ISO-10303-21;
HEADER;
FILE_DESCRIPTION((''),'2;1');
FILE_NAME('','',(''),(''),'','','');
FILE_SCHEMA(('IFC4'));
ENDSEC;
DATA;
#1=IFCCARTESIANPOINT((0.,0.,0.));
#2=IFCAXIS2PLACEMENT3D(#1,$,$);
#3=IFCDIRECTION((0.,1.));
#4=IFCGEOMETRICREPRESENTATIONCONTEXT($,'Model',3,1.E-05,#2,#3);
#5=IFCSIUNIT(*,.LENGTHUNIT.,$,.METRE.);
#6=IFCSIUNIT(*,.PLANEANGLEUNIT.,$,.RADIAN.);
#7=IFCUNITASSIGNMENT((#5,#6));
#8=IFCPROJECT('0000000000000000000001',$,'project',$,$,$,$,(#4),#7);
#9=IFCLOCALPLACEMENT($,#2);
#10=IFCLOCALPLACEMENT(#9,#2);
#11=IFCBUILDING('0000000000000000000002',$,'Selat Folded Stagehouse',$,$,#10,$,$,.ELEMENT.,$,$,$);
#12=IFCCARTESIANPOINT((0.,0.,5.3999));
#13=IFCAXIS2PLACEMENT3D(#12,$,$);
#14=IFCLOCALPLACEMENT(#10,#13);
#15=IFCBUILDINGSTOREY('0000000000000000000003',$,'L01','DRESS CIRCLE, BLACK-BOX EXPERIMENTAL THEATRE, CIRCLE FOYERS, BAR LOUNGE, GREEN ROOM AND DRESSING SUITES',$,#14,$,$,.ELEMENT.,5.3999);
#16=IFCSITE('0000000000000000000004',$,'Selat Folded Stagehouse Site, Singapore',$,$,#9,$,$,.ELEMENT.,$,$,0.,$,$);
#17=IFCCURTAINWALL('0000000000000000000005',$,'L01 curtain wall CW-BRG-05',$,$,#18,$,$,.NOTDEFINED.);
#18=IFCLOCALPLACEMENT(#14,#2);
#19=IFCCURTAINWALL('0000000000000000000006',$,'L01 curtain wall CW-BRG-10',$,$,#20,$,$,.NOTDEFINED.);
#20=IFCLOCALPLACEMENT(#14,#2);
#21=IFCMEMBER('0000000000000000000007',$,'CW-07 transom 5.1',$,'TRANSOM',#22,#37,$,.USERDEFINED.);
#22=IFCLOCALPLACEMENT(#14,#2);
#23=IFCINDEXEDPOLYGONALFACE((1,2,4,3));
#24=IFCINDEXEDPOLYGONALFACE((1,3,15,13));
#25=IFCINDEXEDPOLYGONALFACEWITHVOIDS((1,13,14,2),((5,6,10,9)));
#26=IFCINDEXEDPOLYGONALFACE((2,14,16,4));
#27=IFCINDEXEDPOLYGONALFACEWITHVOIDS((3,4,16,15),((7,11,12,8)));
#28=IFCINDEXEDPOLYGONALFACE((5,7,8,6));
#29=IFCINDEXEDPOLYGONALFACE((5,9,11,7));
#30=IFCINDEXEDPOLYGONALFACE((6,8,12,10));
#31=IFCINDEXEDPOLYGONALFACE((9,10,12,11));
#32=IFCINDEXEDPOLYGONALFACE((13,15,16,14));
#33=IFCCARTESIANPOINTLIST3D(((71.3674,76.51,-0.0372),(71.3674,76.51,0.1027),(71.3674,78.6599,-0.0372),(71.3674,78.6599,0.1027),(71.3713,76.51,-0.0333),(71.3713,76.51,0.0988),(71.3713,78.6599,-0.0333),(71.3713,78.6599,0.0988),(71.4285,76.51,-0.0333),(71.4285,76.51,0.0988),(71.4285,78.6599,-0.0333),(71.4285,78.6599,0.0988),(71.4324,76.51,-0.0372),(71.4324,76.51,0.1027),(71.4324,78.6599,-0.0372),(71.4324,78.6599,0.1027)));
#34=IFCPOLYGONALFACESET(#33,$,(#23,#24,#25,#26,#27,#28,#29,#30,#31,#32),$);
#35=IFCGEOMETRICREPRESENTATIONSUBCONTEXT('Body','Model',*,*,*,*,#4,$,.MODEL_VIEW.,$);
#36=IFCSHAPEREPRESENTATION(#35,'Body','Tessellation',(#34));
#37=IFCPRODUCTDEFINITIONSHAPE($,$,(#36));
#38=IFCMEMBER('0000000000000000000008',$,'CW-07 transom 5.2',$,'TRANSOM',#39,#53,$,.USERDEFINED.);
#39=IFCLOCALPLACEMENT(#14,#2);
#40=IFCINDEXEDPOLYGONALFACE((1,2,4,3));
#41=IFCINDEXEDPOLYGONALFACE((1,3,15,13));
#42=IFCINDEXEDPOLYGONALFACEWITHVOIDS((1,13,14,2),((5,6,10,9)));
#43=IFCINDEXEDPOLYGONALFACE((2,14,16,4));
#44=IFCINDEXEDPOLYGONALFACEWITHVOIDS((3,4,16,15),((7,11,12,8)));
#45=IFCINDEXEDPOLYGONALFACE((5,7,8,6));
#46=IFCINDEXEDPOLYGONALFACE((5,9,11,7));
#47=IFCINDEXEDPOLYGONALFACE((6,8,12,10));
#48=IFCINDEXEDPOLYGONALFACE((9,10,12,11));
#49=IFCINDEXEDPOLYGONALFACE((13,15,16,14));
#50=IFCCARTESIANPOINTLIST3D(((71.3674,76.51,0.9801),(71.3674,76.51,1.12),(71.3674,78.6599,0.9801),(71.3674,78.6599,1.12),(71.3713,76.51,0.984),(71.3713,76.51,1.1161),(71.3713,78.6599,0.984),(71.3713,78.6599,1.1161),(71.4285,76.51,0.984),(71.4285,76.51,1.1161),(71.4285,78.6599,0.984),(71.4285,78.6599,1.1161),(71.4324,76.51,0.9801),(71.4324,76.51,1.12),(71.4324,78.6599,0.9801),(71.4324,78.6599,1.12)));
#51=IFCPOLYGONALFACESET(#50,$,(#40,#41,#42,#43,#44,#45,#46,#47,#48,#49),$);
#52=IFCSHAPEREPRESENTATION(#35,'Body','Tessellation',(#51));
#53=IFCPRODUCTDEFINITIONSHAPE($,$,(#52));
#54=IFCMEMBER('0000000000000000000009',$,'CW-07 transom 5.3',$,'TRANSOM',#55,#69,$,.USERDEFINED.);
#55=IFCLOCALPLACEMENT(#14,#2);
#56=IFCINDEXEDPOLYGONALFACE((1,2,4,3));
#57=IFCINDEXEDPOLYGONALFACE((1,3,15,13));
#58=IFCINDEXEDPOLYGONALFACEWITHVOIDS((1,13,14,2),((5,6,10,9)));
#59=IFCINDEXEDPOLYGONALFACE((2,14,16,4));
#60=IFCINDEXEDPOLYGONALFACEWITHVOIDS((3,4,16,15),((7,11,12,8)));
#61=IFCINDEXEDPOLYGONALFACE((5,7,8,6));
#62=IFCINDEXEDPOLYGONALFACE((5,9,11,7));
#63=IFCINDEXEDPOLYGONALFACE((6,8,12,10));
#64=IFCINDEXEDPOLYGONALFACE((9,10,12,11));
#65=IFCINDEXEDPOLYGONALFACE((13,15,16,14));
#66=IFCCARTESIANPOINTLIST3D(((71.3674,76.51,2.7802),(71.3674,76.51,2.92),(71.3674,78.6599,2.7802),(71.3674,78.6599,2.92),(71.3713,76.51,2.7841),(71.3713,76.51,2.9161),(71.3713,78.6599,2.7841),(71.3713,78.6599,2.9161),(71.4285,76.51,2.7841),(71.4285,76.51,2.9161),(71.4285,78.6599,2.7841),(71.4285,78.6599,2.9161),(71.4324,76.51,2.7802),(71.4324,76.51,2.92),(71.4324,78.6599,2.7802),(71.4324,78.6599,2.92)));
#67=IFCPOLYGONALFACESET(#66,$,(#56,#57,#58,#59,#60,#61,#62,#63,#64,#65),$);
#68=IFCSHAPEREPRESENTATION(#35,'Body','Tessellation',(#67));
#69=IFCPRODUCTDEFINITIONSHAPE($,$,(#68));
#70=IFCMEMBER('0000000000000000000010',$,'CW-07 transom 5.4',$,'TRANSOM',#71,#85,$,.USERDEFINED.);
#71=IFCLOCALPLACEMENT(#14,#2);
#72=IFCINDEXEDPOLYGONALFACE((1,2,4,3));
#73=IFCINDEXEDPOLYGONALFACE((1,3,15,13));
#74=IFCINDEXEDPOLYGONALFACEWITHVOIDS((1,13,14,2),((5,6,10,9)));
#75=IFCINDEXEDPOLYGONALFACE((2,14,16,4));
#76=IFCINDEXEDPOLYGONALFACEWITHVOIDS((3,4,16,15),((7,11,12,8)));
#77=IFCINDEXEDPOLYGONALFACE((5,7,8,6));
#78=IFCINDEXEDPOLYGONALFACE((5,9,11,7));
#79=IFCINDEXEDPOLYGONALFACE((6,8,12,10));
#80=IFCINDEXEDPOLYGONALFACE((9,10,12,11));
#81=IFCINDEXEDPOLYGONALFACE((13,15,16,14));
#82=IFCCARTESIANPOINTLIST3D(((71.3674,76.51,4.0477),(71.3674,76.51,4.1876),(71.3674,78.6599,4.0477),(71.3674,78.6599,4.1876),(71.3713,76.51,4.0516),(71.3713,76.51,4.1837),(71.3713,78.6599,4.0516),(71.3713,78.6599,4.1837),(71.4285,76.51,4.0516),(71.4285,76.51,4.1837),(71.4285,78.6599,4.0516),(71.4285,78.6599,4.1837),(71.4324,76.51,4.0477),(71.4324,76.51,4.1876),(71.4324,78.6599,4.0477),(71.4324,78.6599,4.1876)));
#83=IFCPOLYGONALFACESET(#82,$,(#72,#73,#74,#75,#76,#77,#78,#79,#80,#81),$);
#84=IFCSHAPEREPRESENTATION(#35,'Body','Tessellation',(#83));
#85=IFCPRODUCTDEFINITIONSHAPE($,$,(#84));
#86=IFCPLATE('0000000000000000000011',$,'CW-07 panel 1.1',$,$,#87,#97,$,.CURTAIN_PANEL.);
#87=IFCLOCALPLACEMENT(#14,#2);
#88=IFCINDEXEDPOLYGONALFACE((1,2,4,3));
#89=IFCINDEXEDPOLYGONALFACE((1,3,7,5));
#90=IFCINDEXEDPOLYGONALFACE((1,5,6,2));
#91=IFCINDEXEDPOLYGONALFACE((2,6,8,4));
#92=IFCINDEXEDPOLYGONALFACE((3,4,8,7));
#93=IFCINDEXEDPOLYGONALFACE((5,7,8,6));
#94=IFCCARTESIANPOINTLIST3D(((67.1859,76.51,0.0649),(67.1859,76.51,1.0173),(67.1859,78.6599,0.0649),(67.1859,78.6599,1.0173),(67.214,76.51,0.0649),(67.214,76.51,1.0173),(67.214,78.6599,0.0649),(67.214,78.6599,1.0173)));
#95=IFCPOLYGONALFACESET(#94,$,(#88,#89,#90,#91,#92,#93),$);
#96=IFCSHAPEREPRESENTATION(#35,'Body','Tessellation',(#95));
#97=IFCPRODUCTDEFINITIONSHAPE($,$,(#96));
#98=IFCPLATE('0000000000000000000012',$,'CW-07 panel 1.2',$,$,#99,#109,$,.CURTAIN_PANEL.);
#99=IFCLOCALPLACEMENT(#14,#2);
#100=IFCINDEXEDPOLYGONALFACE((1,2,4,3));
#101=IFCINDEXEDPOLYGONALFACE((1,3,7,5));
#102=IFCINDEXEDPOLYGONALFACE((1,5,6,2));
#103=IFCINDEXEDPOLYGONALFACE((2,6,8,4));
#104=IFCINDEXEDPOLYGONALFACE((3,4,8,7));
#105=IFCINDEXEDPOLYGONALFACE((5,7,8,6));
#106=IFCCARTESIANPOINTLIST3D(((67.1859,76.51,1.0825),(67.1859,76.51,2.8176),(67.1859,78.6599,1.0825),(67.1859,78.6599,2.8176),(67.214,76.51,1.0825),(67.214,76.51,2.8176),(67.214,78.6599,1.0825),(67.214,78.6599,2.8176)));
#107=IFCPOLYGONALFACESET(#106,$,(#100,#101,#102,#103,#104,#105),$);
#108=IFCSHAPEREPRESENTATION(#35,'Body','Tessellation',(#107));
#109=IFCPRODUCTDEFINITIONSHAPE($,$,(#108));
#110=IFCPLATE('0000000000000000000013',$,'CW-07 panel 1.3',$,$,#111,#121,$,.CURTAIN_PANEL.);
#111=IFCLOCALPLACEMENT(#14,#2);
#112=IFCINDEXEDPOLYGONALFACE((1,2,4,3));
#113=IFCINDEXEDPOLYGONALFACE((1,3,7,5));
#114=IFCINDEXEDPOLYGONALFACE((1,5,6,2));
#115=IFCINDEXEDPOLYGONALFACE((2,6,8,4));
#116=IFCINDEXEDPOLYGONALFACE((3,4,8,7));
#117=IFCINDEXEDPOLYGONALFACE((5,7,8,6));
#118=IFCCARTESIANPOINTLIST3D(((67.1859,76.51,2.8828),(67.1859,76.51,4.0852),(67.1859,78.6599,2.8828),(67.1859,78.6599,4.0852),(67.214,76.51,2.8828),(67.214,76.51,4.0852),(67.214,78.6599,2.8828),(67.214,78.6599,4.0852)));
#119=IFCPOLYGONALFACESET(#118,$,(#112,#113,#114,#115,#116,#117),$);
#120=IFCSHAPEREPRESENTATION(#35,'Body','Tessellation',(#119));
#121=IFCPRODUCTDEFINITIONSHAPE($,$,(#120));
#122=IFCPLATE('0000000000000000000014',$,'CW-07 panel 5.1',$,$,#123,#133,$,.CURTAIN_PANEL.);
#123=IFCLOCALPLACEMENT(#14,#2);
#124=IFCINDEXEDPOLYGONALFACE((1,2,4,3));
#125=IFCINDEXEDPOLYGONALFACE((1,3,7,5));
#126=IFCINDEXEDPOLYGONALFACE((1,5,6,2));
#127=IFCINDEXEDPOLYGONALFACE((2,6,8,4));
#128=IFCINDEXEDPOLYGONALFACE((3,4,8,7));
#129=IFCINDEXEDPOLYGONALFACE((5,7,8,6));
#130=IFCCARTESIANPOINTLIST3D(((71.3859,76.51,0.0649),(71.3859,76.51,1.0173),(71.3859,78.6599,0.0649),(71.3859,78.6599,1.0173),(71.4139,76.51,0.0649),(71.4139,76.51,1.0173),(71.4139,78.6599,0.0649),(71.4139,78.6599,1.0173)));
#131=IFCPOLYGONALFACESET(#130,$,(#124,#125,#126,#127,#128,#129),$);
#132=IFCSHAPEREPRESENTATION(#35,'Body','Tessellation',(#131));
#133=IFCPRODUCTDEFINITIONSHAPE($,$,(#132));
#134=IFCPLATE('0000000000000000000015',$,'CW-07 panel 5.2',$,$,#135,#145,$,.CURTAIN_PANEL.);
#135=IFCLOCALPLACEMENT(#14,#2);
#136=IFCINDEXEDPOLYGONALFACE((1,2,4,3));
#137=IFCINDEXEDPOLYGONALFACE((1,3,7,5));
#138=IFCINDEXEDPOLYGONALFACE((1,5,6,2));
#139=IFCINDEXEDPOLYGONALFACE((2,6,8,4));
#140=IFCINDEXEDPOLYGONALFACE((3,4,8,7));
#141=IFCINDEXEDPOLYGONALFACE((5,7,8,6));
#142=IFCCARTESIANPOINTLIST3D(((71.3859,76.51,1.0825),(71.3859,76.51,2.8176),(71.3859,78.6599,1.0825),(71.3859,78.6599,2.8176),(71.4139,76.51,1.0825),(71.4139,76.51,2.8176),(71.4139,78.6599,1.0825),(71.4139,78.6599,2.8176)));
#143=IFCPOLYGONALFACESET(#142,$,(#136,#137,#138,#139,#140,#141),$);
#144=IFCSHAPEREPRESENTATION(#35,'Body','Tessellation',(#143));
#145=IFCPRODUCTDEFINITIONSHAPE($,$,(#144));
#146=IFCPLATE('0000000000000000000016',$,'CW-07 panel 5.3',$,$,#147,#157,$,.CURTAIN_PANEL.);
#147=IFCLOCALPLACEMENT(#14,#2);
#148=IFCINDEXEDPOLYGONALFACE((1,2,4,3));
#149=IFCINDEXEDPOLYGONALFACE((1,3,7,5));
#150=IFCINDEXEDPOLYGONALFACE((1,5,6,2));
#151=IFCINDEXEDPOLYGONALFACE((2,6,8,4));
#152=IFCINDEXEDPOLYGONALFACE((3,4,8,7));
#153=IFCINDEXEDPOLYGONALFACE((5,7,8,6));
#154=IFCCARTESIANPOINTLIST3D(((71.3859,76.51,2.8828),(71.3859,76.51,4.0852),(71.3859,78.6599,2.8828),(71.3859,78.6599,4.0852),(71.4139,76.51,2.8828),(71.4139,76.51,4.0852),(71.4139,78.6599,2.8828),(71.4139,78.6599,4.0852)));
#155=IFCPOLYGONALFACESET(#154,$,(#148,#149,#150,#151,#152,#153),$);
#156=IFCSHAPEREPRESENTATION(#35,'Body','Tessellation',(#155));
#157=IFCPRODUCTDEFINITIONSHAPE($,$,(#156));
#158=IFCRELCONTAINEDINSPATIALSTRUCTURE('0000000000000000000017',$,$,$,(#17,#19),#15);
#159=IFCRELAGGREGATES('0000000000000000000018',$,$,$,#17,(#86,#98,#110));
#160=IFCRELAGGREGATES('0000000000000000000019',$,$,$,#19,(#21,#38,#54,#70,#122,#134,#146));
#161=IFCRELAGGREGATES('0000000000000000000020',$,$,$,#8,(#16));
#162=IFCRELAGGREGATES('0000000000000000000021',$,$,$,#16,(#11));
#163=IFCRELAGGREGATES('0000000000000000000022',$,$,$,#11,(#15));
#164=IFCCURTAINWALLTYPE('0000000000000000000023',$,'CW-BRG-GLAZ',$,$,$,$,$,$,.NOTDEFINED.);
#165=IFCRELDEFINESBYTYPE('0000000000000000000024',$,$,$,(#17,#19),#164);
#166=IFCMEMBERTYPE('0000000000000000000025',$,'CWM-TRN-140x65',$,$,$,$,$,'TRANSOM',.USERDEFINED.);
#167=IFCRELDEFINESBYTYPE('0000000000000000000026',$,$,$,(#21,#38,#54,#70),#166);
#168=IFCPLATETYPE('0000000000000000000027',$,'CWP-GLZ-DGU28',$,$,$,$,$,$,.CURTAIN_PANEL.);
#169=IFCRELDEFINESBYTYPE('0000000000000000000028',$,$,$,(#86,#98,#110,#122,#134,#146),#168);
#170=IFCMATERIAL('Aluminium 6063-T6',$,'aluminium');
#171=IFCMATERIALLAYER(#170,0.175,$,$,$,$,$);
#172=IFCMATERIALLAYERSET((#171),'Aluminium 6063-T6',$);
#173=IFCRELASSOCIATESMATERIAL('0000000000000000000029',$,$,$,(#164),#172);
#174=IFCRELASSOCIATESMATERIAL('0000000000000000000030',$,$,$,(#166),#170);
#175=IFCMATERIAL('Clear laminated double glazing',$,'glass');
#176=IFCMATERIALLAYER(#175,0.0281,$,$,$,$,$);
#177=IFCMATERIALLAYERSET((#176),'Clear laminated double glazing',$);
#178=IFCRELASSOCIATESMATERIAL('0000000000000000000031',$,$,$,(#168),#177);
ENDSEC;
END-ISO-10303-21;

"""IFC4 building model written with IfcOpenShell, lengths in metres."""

from ifc_helpers import new_model, si_unit, direction, frame, origin, origin_2d, place, context, subcontext, project, spatial, rectangle, hollow_rectangle, extrude, material, layer, layer_set, material_profile, profile_set, type_object, element, aggregate, save


model = new_model("IFC4")

# Units and contexts
model_context = context("Model", 3, precision=1e-05, world=origin(), true_north=direction((0.0, 1.0)))
body_context = subcontext(model_context, "Body", "Model", "MODEL_VIEW")
ifc_project = project(units=[si_unit("LENGTHUNIT", "METRE"), si_unit("PLANEANGLEUNIT", "RADIAN")], contexts=[model_context])

# Site, building, storey
site_placement = place(None, origin())
site = spatial("IfcSite", under=ifc_project, at=site_placement, Name="Selat Folded Stagehouse Site, Singapore", CompositionType="ELEMENT", RefElevation=0.0)
building_placement = place(site_placement, origin())
building = spatial("IfcBuilding", under=site, at=building_placement, Name="Selat Folded Stagehouse", CompositionType="ELEMENT")
storey_placement = place(building_placement, frame((0.0, 0.0, 5.3999)))
storey = spatial("IfcBuildingStorey", under=building, at=storey_placement, Name="L01", Description="DRESS CIRCLE, BLACK-BOX EXPERIMENTAL THEATRE, CIRCLE FOYERS, BAR LOUNGE, GREEN ROOM AND DRESSING SUITES", CompositionType="ELEMENT", Elevation=5.3999)

# Shared definitions
ifc_material_1 = material(Name="Aluminium 6063-T6", Category="aluminium")
ifc_layer_1 = layer(ifc_material_1, 0.175)
ifc_layer_set_1 = layer_set([ifc_layer_1], Name="Aluminium 6063-T6")
curtain_wall_type = type_object("IfcCurtainWallType", Name="CW-BRG-GLAZ", PredefinedType="NOTDEFINED", material=ifc_layer_set_1)

# Curtain wall
curtain_wall_1_placement = place(storey_placement, origin())
curtain_wall_1 = element("IfcCurtainWall", 1, at=curtain_wall_1_placement, inside=storey, type_object=curtain_wall_type, Name="L01 curtain wall CW-BRG-05", PredefinedType="NOTDEFINED")

# Curtain wall
curtain_wall_2_placement = place(storey_placement, origin())
curtain_wall_2 = element("IfcCurtainWall", 2, at=curtain_wall_2_placement, inside=storey, type_object=curtain_wall_type, Name="L01 curtain wall CW-BRG-10", PredefinedType="NOTDEFINED")

# Members
ifc_material_profile_1 = material_profile(ifc_material_1, hollow_rectangle(XDim=0.0649, YDim=0.1399, WallThickness=0.0039, at=origin_2d()), Name="ALU 140x65x4.0")
ifc_profile_set_1 = profile_set([ifc_material_profile_1], Name="Aluminium 6063-T6")
member_type_1 = type_object("IfcMemberType", Name="CWM-TRN-140x65", ElementType="TRANSOM", PredefinedType="USERDEFINED", material=ifc_profile_set_1)
member_1_placement = place(storey_placement, frame((71.3999, 78.6599, 0.0327), z_axis=(0.0, -1.0, 0.0), x_axis=(1.0, 0.0, 0.0)))
member_1 = element("IfcMember", 3, at=member_1_placement, type_object=member_type_1, Name="CW-07 transom 5.1", ObjectType="TRANSOM", PredefinedType="USERDEFINED", context=body_context, shape_type="SweptSolid", body=[
    extrude(hollow_rectangle(XDim=0.0649, YDim=0.1399, WallThickness=0.0039, at=origin_2d()), origin(), (0.0, 0.0, 1.0), 2.1499),
])
member_2_placement = place(storey_placement, frame((71.3999, 78.6599, 1.05), z_axis=(0.0, -1.0, 0.0), x_axis=(1.0, 0.0, 0.0)))
member_2 = element("IfcMember", 4, at=member_2_placement, type_object=member_type_1, Name="CW-07 transom 5.2", ObjectType="TRANSOM", PredefinedType="USERDEFINED", context=body_context, shape_type="SweptSolid", body=[
    extrude(hollow_rectangle(XDim=0.0649, YDim=0.1399, WallThickness=0.0039, at=origin_2d()), origin(), (0.0, 0.0, 1.0), 2.1499),
])
member_3_placement = place(storey_placement, frame((71.3999, 78.6599, 2.8501), z_axis=(0.0, -1.0, 0.0), x_axis=(1.0, 0.0, 0.0)))
member_3 = element("IfcMember", 5, at=member_3_placement, type_object=member_type_1, Name="CW-07 transom 5.3", ObjectType="TRANSOM", PredefinedType="USERDEFINED", context=body_context, shape_type="SweptSolid", body=[
    extrude(hollow_rectangle(XDim=0.0649, YDim=0.1399, WallThickness=0.0039, at=origin_2d()), origin(), (0.0, 0.0, 1.0), 2.1499),
])
member_4_placement = place(storey_placement, frame((71.3999, 78.6599, 4.1177), z_axis=(0.0, -1.0, 0.0), x_axis=(1.0, 0.0, 0.0)))
member_4 = element("IfcMember", 6, at=member_4_placement, type_object=member_type_1, Name="CW-07 transom 5.4", ObjectType="TRANSOM", PredefinedType="USERDEFINED", context=body_context, shape_type="SweptSolid", body=[
    extrude(hollow_rectangle(XDim=0.0649, YDim=0.1399, WallThickness=0.0039, at=origin_2d()), origin(), (0.0, 0.0, 1.0), 2.1499),
])

# Plates
ifc_material_2 = material(Name="Clear laminated double glazing", Category="glass")
ifc_layer_2 = layer(ifc_material_2, 0.0281)
ifc_layer_set_2 = layer_set([ifc_layer_2], Name="Clear laminated double glazing")
plate_type = type_object("IfcPlateType", Name="CWP-GLZ-DGU28", PredefinedType="CURTAIN_PANEL", material=ifc_layer_set_2)
plate_1_placement = place(storey_placement, frame((67.2, 77.585, 0.0649), z_axis=(0.0, 0.0, 1.0), x_axis=(0.0, 1.0, 0.0)))
plate_1 = element("IfcPlate", 7, at=plate_1_placement, type_object=plate_type, Name="CW-07 panel 1.1", PredefinedType="CURTAIN_PANEL", context=body_context, shape_type="SweptSolid", body=[
    extrude(rectangle(XDim=2.1499, YDim=0.0281, at=origin_2d()), origin(), (0.0, 0.0, 1.0), 0.9524),
])
plate_2_placement = place(storey_placement, frame((67.2, 77.585, 1.0825), z_axis=(0.0, 0.0, 1.0), x_axis=(0.0, 1.0, 0.0)))
plate_2 = element("IfcPlate", 8, at=plate_2_placement, type_object=plate_type, Name="CW-07 panel 1.2", PredefinedType="CURTAIN_PANEL", context=body_context, shape_type="SweptSolid", body=[
    extrude(rectangle(XDim=2.1499, YDim=0.0281, at=origin_2d()), origin(), (0.0, 0.0, 1.0), 1.7351),
])
plate_3_placement = place(storey_placement, frame((67.2, 77.585, 2.8828), z_axis=(0.0, 0.0, 1.0), x_axis=(0.0, 1.0, 0.0)))
plate_3 = element("IfcPlate", 9, at=plate_3_placement, type_object=plate_type, Name="CW-07 panel 1.3", PredefinedType="CURTAIN_PANEL", context=body_context, shape_type="SweptSolid", body=[
    extrude(rectangle(XDim=2.1499, YDim=0.0281, at=origin_2d()), origin(), (0.0, 0.0, 1.0), 1.2024),
])
aggregate(curtain_wall_1, [plate_1, plate_2, plate_3])
plate_4_placement = place(storey_placement, frame((71.3999, 77.585, 0.0649), z_axis=(0.0, 0.0, 1.0), x_axis=(0.0, -1.0, 0.0)))
plate_4 = element("IfcPlate", 10, at=plate_4_placement, type_object=plate_type, Name="CW-07 panel 5.1", PredefinedType="CURTAIN_PANEL", context=body_context, shape_type="SweptSolid", body=[
    extrude(rectangle(XDim=2.1499, YDim=0.0281, at=origin_2d()), origin(), (0.0, 0.0, 1.0), 0.9524),
])
plate_5_placement = place(storey_placement, frame((71.3999, 77.585, 1.0825), z_axis=(0.0, 0.0, 1.0), x_axis=(0.0, -1.0, 0.0)))
plate_5 = element("IfcPlate", 11, at=plate_5_placement, type_object=plate_type, Name="CW-07 panel 5.2", PredefinedType="CURTAIN_PANEL", context=body_context, shape_type="SweptSolid", body=[
    extrude(rectangle(XDim=2.1499, YDim=0.0281, at=origin_2d()), origin(), (0.0, 0.0, 1.0), 1.7351),
])
plate_6_placement = place(storey_placement, frame((71.3999, 77.585, 2.8828), z_axis=(0.0, 0.0, 1.0), x_axis=(0.0, -1.0, 0.0)))
plate_6 = element("IfcPlate", 12, at=plate_6_placement, type_object=plate_type, Name="CW-07 panel 5.3", PredefinedType="CURTAIN_PANEL", context=body_context, shape_type="SweptSolid", body=[
    extrude(rectangle(XDim=2.1499, YDim=0.0281, at=origin_2d()), origin(), (0.0, 0.0, 1.0), 1.2024),
])
aggregate(curtain_wall_2, [member_1, member_2, member_3, member_4, plate_4, plate_5, plate_6])

save(model, "model.ifc")
